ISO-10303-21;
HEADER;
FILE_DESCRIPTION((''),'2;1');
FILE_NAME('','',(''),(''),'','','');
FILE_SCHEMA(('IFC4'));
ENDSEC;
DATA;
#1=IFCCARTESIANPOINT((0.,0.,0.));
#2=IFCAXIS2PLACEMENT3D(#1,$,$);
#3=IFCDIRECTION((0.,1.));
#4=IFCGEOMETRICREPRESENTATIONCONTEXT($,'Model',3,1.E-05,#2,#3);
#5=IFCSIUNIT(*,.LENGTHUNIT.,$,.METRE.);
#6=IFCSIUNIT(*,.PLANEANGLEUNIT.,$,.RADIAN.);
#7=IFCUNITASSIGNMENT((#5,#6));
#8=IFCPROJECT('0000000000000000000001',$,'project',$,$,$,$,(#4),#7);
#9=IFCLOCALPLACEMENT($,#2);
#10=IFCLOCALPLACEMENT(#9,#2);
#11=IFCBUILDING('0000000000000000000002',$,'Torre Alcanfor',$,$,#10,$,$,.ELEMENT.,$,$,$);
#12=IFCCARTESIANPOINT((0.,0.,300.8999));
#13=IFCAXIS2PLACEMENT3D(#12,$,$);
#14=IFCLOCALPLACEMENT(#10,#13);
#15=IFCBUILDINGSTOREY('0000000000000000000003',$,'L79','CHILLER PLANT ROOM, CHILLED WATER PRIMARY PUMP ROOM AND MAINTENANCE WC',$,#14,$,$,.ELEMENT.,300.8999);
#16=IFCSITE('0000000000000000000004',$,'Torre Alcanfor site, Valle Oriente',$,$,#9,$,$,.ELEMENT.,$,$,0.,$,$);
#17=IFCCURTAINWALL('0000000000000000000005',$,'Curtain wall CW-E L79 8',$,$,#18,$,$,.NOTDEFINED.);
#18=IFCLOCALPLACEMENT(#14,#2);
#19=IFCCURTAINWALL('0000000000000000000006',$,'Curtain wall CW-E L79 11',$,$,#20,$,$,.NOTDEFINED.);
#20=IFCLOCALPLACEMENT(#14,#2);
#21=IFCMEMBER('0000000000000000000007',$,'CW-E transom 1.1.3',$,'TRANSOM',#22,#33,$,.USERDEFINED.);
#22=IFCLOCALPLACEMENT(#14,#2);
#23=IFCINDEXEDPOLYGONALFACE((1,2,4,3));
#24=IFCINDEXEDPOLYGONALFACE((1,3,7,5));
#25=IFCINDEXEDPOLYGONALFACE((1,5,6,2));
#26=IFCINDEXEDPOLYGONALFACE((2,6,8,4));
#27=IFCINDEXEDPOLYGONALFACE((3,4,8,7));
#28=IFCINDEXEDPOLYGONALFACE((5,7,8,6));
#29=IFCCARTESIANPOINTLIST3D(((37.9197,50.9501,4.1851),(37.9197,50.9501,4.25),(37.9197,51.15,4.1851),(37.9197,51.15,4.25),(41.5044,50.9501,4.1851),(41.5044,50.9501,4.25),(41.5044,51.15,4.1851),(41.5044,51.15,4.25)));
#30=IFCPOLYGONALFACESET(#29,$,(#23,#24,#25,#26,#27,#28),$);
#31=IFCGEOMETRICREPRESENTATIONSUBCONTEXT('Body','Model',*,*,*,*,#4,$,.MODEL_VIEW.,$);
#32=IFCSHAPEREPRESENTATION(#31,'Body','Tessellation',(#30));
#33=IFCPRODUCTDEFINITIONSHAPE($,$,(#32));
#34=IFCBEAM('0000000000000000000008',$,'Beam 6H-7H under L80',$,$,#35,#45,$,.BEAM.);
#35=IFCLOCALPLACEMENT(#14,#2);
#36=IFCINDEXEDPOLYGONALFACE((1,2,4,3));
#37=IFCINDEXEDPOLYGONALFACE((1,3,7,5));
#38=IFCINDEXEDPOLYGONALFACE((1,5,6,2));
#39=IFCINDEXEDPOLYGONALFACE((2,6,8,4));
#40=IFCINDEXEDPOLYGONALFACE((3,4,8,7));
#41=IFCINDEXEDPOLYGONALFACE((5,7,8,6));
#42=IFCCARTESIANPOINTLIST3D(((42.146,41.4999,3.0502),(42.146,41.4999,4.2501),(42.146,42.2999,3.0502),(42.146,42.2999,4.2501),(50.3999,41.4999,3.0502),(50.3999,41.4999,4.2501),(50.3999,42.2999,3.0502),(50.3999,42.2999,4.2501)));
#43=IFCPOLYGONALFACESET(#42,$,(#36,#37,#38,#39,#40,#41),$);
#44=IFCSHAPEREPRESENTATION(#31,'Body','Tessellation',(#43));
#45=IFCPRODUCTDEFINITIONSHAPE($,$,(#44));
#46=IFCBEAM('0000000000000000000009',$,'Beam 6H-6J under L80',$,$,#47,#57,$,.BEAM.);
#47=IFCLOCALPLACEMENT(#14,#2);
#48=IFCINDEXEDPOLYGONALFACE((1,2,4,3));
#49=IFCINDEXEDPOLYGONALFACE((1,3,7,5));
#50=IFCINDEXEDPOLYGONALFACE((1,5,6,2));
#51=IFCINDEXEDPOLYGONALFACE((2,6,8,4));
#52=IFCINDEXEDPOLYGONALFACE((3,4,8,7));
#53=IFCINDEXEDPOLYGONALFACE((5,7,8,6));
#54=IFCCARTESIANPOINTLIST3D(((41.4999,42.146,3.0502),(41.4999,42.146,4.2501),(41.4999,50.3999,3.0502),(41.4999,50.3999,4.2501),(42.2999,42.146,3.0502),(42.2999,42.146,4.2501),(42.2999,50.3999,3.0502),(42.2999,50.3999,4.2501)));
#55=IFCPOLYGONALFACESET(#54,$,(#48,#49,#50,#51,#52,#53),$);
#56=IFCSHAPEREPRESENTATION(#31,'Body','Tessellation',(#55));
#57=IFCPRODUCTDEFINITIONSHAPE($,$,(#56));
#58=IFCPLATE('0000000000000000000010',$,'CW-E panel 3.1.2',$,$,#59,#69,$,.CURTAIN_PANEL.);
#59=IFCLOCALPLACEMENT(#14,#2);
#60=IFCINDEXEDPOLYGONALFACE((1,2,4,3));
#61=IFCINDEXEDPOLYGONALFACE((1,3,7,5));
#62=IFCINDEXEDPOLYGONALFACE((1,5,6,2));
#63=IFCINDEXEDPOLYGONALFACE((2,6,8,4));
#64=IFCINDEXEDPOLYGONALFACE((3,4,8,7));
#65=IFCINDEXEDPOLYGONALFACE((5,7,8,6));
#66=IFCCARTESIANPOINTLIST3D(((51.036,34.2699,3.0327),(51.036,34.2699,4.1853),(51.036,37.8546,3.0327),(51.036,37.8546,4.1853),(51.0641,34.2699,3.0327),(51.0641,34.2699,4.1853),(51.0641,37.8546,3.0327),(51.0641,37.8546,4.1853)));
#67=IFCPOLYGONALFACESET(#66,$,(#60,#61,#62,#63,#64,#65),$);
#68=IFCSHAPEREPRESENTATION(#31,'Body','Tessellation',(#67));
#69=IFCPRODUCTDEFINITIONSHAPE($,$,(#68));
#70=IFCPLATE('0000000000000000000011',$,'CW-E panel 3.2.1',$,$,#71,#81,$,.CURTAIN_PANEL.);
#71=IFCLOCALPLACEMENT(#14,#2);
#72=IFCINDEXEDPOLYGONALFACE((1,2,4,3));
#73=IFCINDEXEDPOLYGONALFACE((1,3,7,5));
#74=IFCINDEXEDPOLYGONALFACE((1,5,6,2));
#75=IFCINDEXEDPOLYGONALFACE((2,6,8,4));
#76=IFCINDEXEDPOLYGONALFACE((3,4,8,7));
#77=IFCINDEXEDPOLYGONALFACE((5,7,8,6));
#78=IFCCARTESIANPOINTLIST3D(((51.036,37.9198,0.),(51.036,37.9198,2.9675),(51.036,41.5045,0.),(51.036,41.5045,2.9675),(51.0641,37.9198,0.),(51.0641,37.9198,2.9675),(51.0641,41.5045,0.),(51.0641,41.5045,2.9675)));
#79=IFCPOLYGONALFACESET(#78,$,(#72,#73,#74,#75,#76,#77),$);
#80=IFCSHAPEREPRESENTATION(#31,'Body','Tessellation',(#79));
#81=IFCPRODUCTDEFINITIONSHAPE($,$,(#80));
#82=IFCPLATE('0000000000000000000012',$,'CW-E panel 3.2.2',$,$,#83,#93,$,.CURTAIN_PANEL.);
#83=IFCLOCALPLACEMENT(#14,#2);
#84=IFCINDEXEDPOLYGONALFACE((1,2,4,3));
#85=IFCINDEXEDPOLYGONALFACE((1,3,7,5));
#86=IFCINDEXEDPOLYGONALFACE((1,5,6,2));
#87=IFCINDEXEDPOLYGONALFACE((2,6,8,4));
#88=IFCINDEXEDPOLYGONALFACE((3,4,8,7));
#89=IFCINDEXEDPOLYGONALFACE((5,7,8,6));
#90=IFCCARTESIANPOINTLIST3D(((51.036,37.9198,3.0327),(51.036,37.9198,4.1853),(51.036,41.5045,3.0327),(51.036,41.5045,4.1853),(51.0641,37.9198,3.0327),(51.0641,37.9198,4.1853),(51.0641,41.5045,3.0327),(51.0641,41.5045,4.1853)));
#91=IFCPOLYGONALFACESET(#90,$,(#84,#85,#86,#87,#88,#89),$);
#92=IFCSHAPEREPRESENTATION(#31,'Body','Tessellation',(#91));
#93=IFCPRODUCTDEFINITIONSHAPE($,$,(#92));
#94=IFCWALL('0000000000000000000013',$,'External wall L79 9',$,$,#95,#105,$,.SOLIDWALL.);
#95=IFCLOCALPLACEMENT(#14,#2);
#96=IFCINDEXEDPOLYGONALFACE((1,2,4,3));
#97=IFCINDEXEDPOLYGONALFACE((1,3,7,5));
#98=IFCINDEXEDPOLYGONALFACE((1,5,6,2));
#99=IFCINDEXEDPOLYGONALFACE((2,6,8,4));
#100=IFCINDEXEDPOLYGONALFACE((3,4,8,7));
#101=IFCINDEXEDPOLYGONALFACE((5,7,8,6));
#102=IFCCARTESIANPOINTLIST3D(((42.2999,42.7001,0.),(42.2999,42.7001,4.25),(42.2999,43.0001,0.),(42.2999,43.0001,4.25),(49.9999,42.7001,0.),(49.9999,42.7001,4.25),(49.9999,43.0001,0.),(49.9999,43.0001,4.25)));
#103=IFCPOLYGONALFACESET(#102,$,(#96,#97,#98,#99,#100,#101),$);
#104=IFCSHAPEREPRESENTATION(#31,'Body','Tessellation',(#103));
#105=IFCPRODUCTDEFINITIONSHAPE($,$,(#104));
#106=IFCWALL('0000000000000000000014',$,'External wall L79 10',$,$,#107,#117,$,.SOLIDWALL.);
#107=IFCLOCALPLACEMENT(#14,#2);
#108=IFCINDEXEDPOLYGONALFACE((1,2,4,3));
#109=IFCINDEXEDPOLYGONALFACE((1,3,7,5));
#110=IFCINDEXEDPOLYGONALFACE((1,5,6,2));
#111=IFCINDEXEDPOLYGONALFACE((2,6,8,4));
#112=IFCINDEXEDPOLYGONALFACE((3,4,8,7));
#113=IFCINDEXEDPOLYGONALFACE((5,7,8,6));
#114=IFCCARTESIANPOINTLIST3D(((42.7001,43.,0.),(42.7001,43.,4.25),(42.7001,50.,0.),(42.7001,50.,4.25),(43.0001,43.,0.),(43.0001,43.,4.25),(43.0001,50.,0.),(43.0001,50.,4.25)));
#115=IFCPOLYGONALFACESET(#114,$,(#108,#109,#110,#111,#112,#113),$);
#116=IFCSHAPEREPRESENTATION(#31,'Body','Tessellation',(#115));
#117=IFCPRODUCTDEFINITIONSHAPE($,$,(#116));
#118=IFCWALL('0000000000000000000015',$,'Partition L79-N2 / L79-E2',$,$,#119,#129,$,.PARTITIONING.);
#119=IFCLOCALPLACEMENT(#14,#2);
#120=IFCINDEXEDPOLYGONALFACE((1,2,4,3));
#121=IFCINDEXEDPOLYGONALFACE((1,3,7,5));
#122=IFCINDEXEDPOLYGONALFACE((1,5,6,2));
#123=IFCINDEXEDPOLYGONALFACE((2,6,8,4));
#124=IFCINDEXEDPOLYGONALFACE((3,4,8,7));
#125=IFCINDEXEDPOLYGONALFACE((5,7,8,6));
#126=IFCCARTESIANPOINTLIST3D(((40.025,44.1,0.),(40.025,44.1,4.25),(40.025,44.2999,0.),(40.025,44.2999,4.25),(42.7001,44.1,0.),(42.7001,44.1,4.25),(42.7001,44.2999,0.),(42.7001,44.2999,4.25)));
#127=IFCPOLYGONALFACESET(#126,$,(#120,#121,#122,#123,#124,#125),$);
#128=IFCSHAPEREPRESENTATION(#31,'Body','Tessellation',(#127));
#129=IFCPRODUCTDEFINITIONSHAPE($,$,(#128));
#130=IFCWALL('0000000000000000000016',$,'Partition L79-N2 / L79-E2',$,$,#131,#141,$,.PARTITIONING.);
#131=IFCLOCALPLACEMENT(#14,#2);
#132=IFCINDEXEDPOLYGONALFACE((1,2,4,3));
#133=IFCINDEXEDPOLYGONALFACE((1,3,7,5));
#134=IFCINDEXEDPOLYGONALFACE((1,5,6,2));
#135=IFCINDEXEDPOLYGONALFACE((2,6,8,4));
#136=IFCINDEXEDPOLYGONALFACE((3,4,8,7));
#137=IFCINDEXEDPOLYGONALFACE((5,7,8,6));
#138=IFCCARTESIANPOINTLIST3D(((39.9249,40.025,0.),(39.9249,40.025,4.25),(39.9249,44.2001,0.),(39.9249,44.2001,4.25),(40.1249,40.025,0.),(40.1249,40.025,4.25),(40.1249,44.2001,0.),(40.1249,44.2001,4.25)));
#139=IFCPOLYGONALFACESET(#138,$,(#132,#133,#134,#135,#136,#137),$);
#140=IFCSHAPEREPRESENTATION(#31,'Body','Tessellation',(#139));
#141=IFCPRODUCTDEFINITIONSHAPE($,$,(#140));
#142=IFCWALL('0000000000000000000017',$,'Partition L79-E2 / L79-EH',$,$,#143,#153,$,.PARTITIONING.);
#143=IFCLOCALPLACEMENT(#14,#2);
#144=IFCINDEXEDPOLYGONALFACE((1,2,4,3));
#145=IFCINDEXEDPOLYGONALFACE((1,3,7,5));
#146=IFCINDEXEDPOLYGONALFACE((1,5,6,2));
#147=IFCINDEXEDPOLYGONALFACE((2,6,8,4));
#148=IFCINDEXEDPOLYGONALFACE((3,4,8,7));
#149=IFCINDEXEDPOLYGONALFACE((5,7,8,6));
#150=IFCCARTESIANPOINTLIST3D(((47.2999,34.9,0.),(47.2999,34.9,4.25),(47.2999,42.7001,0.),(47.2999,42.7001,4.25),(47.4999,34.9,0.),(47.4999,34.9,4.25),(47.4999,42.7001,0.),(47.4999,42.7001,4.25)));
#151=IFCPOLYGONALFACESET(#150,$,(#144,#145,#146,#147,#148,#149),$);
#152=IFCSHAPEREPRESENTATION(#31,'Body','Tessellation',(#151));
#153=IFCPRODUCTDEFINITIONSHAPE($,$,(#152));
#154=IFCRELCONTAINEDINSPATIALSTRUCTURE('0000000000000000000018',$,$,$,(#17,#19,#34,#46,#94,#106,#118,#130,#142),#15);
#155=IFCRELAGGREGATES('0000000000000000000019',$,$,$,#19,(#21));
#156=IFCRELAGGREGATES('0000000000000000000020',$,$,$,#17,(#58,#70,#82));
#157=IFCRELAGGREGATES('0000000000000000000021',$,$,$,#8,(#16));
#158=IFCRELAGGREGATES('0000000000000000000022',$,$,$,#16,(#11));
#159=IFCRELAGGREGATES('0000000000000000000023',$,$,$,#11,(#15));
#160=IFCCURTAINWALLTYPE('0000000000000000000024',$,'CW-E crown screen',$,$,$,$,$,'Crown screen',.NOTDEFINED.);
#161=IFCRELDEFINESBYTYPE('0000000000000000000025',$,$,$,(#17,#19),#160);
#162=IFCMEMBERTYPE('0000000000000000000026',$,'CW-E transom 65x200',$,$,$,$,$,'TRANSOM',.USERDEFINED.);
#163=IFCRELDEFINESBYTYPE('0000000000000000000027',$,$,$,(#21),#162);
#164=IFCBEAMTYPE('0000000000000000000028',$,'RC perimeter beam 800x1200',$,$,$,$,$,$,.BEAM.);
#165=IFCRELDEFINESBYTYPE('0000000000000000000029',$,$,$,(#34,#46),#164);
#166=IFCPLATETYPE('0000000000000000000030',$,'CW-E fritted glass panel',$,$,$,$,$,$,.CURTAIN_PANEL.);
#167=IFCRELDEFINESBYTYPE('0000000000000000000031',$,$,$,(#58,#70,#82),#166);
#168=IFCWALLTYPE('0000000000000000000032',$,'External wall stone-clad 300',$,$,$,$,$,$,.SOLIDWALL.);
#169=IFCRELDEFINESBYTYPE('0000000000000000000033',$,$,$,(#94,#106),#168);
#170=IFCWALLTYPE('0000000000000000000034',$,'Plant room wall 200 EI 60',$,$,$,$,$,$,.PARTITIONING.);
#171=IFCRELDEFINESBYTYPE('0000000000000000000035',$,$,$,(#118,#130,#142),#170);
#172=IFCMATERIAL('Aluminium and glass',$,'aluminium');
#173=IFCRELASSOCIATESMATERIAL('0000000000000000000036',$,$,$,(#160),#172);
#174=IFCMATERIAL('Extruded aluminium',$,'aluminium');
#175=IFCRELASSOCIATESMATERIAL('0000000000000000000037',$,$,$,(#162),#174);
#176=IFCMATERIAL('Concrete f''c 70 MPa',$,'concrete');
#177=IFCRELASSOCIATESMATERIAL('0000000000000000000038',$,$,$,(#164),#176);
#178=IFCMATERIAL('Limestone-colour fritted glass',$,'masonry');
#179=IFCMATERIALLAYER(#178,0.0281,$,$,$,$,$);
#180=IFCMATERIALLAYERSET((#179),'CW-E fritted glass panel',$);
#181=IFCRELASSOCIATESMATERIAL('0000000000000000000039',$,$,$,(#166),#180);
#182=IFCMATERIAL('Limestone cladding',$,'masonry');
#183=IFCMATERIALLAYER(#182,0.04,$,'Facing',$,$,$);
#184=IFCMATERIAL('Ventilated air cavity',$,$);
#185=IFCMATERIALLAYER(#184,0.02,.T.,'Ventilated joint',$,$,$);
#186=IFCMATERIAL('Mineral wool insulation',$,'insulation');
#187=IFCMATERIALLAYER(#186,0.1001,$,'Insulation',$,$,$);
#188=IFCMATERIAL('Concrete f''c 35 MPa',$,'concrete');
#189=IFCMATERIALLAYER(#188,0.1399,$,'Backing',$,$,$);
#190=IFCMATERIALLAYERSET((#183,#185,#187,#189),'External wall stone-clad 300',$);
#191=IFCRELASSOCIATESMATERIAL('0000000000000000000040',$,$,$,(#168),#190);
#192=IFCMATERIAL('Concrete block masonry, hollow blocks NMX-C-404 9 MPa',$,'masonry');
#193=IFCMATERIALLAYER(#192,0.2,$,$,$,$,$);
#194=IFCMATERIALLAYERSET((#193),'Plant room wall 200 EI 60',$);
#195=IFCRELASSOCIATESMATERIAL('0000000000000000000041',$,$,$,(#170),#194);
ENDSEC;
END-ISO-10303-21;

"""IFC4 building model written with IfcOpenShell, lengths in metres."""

from ifc_helpers import new_model, si_unit, direction, frame, frame_2d, origin, origin_2d, place, context, subcontext, project, spatial, rectangle, extrude, material, layer, layer_set, material_profile, profile_set, type_object, element, aggregate, save


model = new_model("IFC4")

# Units and contexts
model_context = context("Model", 3, precision=1e-05, world=origin(), true_north=direction((0.0, 1.0)))
body_context = subcontext(model_context, "Body", "Model", "MODEL_VIEW")
ifc_project = project(units=[si_unit("LENGTHUNIT", "METRE"), si_unit("PLANEANGLEUNIT", "RADIAN")], contexts=[model_context])

# Site, building, storey
site_placement = place(None, origin())
site = spatial("IfcSite", under=ifc_project, at=site_placement, Name="Torre Alcanfor site, Valle Oriente", CompositionType="ELEMENT", RefElevation=0.0)
building_placement = place(site_placement, origin())
building = spatial("IfcBuilding", under=site, at=building_placement, Name="Torre Alcanfor", CompositionType="ELEMENT")
storey_placement = place(building_placement, frame((0.0, 0.0, 300.8999)))
storey = spatial("IfcBuildingStorey", under=building, at=storey_placement, Name="L79", Description="CHILLER PLANT ROOM, CHILLED WATER PRIMARY PUMP ROOM AND MAINTENANCE WC", CompositionType="ELEMENT", Elevation=300.8999)

# Curtain wall
ifc_material_1 = material(Name="Aluminium and glass", Category="aluminium")
curtain_wall_type = type_object("IfcCurtainWallType", Name="CW-E crown screen", ElementType="Crown screen", PredefinedType="NOTDEFINED", material=ifc_material_1)
curtain_wall_1_placement = place(storey_placement, origin())
curtain_wall_1 = element("IfcCurtainWall", 1, at=curtain_wall_1_placement, inside=storey, type_object=curtain_wall_type, Name="Curtain wall CW-E L79 8", PredefinedType="NOTDEFINED")

# Curtain wall
curtain_wall_2_placement = place(storey_placement, origin())
curtain_wall_2 = element("IfcCurtainWall", 2, at=curtain_wall_2_placement, inside=storey, type_object=curtain_wall_type, Name="Curtain wall CW-E L79 11", PredefinedType="NOTDEFINED")

# Member
ifc_material_2 = material(Name="Extruded aluminium", Category="aluminium")
ifc_material_profile_1 = material_profile(ifc_material_2, rectangle(XDim=0.2, YDim=0.0649, at=origin_2d()), Name="CW-E transom 200x65")
ifc_profile_set_1 = profile_set([ifc_material_profile_1], Name="Extruded aluminium")
member_type_1 = type_object("IfcMemberType", Name="CW-E transom 65x200", ElementType="TRANSOM", PredefinedType="USERDEFINED", material=ifc_profile_set_1)
member_1_placement = place(storey_placement, frame((41.5044, 51.05, 4.2175), z_axis=(-1.0, 0.0, 0.0), x_axis=(0.0, -1.0, 0.0)))
member_1 = element("IfcMember", 3, at=member_1_placement, type_object=member_type_1, Name="CW-E transom 1.1.3", ObjectType="TRANSOM", PredefinedType="USERDEFINED", context=body_context, shape_type="SweptSolid", body=[
    extrude(rectangle(XDim=0.2, YDim=0.0649, at=origin_2d()), origin(), (0.0, 0.0, 1.0), 3.5847),
])
aggregate(curtain_wall_2, [member_1])

# Beams
ifc_material_3 = material(Name="Concrete f'c 70 MPa", Category="concrete")
ifc_material_profile_2 = material_profile(ifc_material_3, rectangle(XDim=0.8, YDim=1.2, at=origin_2d()), Name="800x1200")
ifc_profile_set_2 = profile_set([ifc_material_profile_2], Name="Concrete f'c 70 MPa")
beam_type = type_object("IfcBeamType", Name="RC perimeter beam 800x1200", PredefinedType="BEAM", material=ifc_profile_set_2)
for number, where, z_axis, x_axis, name in (
    (4, (42.146, 41.8999, 3.6501), (1.0, 0.0, 0.0), (0.0, 1.0, 0.0), "Beam 6H-7H under L80"),
    (5, (41.8999, 42.146, 3.6501), (0.0, 1.0, 0.0), (-1.0, 0.0, 0.0), "Beam 6H-6J under L80"),
):
    element("IfcBeam", number, at=place(storey_placement, frame(where, z_axis=z_axis, x_axis=x_axis)), inside=storey, type_object=beam_type, Name=name, PredefinedType="BEAM", context=body_context, shape_type="SweptSolid", body=[
        extrude(rectangle(XDim=0.8, YDim=1.2, at=origin_2d()), origin(), (0.0, 0.0, 1.0), 8.2539),
    ])

# Plates
ifc_material_4 = material(Name="Limestone-colour fritted glass", Category="masonry")
ifc_layer_1 = layer(ifc_material_4, 0.0281)
ifc_layer_set_1 = layer_set([ifc_layer_1], Name="CW-E fritted glass panel")
plate_type = type_object("IfcPlateType", Name="CW-E fritted glass panel", PredefinedType="CURTAIN_PANEL", material=ifc_layer_set_1)
plate_1_placement = place(storey_placement, frame((51.05, 36.0623, 3.0327), z_axis=(0.0, 0.0, 1.0), x_axis=(0.0, 1.0, 0.0)))
plate_1 = element("IfcPlate", 6, at=plate_1_placement, type_object=plate_type, Name="CW-E panel 3.1.2", PredefinedType="CURTAIN_PANEL", context=body_context, shape_type="SweptSolid", body=[
    extrude(rectangle(XDim=3.5847, YDim=0.0281, at=origin_2d()), origin(), (0.0, 0.0, 1.0), 1.1526),
])
plate_2_placement = place(storey_placement, frame((51.05, 39.7122, 0.0), z_axis=(0.0, 0.0, 1.0), x_axis=(0.0, 1.0, 0.0)))
plate_2 = element("IfcPlate", 7, at=plate_2_placement, type_object=plate_type, Name="CW-E panel 3.2.1", PredefinedType="CURTAIN_PANEL", context=body_context, shape_type="SweptSolid", body=[
    extrude(rectangle(XDim=3.5847, YDim=0.0281, at=origin_2d()), origin(), (0.0, 0.0, 1.0), 2.9675),
])
plate_3_placement = place(storey_placement, frame((51.05, 39.7122, 3.0327), z_axis=(0.0, 0.0, 1.0), x_axis=(0.0, 1.0, 0.0)))
plate_3 = element("IfcPlate", 8, at=plate_3_placement, type_object=plate_type, Name="CW-E panel 3.2.2", PredefinedType="CURTAIN_PANEL", context=body_context, shape_type="SweptSolid", body=[
    extrude(rectangle(XDim=3.5847, YDim=0.0281, at=origin_2d()), origin(), (0.0, 0.0, 1.0), 1.1526),
])
aggregate(curtain_wall_1, [plate_1, plate_2, plate_3])

# Walls
ifc_material_5 = material(Name="Limestone cladding", Category="masonry")
ifc_layer_2 = layer(ifc_material_5, 0.04, Name="Facing")
ifc_material_6 = material(Name="Ventilated air cavity")
ifc_layer_3 = layer(ifc_material_6, 0.02, ventilated=True, Name="Ventilated joint")
ifc_material_7 = material(Name="Mineral wool insulation", Category="insulation")
ifc_layer_4 = layer(ifc_material_7, 0.1001, Name="Insulation")
ifc_material_8 = material(Name="Concrete f'c 35 MPa", Category="concrete")
ifc_layer_5 = layer(ifc_material_8, 0.1399, Name="Backing")
ifc_layer_set_2 = layer_set([ifc_layer_2, ifc_layer_3, ifc_layer_4, ifc_layer_5], Name="External wall stone-clad 300")
wall_type_1 = type_object("IfcWallType", Name="External wall stone-clad 300", PredefinedType="SOLIDWALL", material=ifc_layer_set_2)
wall_1_placement = place(storey_placement, frame((50.0, 42.8501, 0.0), z_axis=(0.0, 0.0, 1.0), x_axis=(-1.0, 0.0, 0.0)))
element("IfcWall", 9, at=wall_1_placement, inside=storey, type_object=wall_type_1, Name="External wall L79 9", PredefinedType="SOLIDWALL", context=body_context, shape_type="SweptSolid", body=[
    extrude(rectangle(XDim=7.7, YDim=0.3, at=frame_2d((3.8501, 0.0))), origin(), (0.0, 0.0, 1.0), 4.25),
])
wall_2_placement = place(storey_placement, frame((42.8501, 43.0, 0.0), z_axis=(0.0, 0.0, 1.0), x_axis=(0.0, 1.0, 0.0)))
element("IfcWall", 10, at=wall_2_placement, inside=storey, type_object=wall_type_1, Name="External wall L79 10", PredefinedType="SOLIDWALL", context=body_context, shape_type="SweptSolid", body=[
    extrude(rectangle(XDim=7.0, YDim=0.3, at=frame_2d((3.5, 0.0))), origin(), (0.0, 0.0, 1.0), 4.25),
])

# Shared definitions
ifc_material_9 = material(Name="Concrete block masonry, hollow blocks NMX-C-404 9 MPa", Category="masonry")
ifc_layer_6 = layer(ifc_material_9, 0.2)
ifc_layer_set_3 = layer_set([ifc_layer_6], Name="Plant room wall 200 EI 60")
wall_type_2 = type_object("IfcWallType", Name="Plant room wall 200 EI 60", PredefinedType="PARTITIONING", material=ifc_layer_set_3)

# Walls
wall_3_placement = place(storey_placement, frame((42.7, 44.2, 0.0), z_axis=(0.0, 0.0, 1.0), x_axis=(-1.0, 0.0, 0.0)))
element("IfcWall", 11, at=wall_3_placement, inside=storey, type_object=wall_type_2, Name="Partition L79-N2 / L79-E2", PredefinedType="PARTITIONING", context=body_context, shape_type="SweptSolid", body=[
    extrude(rectangle(XDim=2.675, YDim=0.2, at=frame_2d((1.3374, 0.0))), origin(), (0.0, 0.0, 1.0), 4.25),
])
wall_4_placement = place(storey_placement, frame((40.0249, 44.2, 0.0), z_axis=(0.0, 0.0, 1.0), x_axis=(0.0, -1.0, 0.0)))
element("IfcWall", 12, at=wall_4_placement, inside=storey, type_object=wall_type_2, Name="Partition L79-N2 / L79-E2", PredefinedType="PARTITIONING", context=body_context, shape_type="SweptSolid", body=[
    extrude(rectangle(XDim=4.175, YDim=0.2, at=frame_2d((2.0874, 0.0))), origin(), (0.0, 0.0, 1.0), 4.25),
])
wall_5_placement = place(storey_placement, frame((47.3999, 42.7, 0.0), z_axis=(0.0, 0.0, 1.0), x_axis=(0.0, -1.0, 0.0)))
element("IfcWall", 13, at=wall_5_placement, inside=storey, type_object=wall_type_2, Name="Partition L79-E2 / L79-EH", PredefinedType="PARTITIONING", context=body_context, shape_type="SweptSolid", body=[
    extrude(rectangle(XDim=7.8, YDim=0.2, at=frame_2d((3.8999, 0.0))), origin(), (0.0, 0.0, 1.0), 4.25),
])

save(model, "model.ifc")
